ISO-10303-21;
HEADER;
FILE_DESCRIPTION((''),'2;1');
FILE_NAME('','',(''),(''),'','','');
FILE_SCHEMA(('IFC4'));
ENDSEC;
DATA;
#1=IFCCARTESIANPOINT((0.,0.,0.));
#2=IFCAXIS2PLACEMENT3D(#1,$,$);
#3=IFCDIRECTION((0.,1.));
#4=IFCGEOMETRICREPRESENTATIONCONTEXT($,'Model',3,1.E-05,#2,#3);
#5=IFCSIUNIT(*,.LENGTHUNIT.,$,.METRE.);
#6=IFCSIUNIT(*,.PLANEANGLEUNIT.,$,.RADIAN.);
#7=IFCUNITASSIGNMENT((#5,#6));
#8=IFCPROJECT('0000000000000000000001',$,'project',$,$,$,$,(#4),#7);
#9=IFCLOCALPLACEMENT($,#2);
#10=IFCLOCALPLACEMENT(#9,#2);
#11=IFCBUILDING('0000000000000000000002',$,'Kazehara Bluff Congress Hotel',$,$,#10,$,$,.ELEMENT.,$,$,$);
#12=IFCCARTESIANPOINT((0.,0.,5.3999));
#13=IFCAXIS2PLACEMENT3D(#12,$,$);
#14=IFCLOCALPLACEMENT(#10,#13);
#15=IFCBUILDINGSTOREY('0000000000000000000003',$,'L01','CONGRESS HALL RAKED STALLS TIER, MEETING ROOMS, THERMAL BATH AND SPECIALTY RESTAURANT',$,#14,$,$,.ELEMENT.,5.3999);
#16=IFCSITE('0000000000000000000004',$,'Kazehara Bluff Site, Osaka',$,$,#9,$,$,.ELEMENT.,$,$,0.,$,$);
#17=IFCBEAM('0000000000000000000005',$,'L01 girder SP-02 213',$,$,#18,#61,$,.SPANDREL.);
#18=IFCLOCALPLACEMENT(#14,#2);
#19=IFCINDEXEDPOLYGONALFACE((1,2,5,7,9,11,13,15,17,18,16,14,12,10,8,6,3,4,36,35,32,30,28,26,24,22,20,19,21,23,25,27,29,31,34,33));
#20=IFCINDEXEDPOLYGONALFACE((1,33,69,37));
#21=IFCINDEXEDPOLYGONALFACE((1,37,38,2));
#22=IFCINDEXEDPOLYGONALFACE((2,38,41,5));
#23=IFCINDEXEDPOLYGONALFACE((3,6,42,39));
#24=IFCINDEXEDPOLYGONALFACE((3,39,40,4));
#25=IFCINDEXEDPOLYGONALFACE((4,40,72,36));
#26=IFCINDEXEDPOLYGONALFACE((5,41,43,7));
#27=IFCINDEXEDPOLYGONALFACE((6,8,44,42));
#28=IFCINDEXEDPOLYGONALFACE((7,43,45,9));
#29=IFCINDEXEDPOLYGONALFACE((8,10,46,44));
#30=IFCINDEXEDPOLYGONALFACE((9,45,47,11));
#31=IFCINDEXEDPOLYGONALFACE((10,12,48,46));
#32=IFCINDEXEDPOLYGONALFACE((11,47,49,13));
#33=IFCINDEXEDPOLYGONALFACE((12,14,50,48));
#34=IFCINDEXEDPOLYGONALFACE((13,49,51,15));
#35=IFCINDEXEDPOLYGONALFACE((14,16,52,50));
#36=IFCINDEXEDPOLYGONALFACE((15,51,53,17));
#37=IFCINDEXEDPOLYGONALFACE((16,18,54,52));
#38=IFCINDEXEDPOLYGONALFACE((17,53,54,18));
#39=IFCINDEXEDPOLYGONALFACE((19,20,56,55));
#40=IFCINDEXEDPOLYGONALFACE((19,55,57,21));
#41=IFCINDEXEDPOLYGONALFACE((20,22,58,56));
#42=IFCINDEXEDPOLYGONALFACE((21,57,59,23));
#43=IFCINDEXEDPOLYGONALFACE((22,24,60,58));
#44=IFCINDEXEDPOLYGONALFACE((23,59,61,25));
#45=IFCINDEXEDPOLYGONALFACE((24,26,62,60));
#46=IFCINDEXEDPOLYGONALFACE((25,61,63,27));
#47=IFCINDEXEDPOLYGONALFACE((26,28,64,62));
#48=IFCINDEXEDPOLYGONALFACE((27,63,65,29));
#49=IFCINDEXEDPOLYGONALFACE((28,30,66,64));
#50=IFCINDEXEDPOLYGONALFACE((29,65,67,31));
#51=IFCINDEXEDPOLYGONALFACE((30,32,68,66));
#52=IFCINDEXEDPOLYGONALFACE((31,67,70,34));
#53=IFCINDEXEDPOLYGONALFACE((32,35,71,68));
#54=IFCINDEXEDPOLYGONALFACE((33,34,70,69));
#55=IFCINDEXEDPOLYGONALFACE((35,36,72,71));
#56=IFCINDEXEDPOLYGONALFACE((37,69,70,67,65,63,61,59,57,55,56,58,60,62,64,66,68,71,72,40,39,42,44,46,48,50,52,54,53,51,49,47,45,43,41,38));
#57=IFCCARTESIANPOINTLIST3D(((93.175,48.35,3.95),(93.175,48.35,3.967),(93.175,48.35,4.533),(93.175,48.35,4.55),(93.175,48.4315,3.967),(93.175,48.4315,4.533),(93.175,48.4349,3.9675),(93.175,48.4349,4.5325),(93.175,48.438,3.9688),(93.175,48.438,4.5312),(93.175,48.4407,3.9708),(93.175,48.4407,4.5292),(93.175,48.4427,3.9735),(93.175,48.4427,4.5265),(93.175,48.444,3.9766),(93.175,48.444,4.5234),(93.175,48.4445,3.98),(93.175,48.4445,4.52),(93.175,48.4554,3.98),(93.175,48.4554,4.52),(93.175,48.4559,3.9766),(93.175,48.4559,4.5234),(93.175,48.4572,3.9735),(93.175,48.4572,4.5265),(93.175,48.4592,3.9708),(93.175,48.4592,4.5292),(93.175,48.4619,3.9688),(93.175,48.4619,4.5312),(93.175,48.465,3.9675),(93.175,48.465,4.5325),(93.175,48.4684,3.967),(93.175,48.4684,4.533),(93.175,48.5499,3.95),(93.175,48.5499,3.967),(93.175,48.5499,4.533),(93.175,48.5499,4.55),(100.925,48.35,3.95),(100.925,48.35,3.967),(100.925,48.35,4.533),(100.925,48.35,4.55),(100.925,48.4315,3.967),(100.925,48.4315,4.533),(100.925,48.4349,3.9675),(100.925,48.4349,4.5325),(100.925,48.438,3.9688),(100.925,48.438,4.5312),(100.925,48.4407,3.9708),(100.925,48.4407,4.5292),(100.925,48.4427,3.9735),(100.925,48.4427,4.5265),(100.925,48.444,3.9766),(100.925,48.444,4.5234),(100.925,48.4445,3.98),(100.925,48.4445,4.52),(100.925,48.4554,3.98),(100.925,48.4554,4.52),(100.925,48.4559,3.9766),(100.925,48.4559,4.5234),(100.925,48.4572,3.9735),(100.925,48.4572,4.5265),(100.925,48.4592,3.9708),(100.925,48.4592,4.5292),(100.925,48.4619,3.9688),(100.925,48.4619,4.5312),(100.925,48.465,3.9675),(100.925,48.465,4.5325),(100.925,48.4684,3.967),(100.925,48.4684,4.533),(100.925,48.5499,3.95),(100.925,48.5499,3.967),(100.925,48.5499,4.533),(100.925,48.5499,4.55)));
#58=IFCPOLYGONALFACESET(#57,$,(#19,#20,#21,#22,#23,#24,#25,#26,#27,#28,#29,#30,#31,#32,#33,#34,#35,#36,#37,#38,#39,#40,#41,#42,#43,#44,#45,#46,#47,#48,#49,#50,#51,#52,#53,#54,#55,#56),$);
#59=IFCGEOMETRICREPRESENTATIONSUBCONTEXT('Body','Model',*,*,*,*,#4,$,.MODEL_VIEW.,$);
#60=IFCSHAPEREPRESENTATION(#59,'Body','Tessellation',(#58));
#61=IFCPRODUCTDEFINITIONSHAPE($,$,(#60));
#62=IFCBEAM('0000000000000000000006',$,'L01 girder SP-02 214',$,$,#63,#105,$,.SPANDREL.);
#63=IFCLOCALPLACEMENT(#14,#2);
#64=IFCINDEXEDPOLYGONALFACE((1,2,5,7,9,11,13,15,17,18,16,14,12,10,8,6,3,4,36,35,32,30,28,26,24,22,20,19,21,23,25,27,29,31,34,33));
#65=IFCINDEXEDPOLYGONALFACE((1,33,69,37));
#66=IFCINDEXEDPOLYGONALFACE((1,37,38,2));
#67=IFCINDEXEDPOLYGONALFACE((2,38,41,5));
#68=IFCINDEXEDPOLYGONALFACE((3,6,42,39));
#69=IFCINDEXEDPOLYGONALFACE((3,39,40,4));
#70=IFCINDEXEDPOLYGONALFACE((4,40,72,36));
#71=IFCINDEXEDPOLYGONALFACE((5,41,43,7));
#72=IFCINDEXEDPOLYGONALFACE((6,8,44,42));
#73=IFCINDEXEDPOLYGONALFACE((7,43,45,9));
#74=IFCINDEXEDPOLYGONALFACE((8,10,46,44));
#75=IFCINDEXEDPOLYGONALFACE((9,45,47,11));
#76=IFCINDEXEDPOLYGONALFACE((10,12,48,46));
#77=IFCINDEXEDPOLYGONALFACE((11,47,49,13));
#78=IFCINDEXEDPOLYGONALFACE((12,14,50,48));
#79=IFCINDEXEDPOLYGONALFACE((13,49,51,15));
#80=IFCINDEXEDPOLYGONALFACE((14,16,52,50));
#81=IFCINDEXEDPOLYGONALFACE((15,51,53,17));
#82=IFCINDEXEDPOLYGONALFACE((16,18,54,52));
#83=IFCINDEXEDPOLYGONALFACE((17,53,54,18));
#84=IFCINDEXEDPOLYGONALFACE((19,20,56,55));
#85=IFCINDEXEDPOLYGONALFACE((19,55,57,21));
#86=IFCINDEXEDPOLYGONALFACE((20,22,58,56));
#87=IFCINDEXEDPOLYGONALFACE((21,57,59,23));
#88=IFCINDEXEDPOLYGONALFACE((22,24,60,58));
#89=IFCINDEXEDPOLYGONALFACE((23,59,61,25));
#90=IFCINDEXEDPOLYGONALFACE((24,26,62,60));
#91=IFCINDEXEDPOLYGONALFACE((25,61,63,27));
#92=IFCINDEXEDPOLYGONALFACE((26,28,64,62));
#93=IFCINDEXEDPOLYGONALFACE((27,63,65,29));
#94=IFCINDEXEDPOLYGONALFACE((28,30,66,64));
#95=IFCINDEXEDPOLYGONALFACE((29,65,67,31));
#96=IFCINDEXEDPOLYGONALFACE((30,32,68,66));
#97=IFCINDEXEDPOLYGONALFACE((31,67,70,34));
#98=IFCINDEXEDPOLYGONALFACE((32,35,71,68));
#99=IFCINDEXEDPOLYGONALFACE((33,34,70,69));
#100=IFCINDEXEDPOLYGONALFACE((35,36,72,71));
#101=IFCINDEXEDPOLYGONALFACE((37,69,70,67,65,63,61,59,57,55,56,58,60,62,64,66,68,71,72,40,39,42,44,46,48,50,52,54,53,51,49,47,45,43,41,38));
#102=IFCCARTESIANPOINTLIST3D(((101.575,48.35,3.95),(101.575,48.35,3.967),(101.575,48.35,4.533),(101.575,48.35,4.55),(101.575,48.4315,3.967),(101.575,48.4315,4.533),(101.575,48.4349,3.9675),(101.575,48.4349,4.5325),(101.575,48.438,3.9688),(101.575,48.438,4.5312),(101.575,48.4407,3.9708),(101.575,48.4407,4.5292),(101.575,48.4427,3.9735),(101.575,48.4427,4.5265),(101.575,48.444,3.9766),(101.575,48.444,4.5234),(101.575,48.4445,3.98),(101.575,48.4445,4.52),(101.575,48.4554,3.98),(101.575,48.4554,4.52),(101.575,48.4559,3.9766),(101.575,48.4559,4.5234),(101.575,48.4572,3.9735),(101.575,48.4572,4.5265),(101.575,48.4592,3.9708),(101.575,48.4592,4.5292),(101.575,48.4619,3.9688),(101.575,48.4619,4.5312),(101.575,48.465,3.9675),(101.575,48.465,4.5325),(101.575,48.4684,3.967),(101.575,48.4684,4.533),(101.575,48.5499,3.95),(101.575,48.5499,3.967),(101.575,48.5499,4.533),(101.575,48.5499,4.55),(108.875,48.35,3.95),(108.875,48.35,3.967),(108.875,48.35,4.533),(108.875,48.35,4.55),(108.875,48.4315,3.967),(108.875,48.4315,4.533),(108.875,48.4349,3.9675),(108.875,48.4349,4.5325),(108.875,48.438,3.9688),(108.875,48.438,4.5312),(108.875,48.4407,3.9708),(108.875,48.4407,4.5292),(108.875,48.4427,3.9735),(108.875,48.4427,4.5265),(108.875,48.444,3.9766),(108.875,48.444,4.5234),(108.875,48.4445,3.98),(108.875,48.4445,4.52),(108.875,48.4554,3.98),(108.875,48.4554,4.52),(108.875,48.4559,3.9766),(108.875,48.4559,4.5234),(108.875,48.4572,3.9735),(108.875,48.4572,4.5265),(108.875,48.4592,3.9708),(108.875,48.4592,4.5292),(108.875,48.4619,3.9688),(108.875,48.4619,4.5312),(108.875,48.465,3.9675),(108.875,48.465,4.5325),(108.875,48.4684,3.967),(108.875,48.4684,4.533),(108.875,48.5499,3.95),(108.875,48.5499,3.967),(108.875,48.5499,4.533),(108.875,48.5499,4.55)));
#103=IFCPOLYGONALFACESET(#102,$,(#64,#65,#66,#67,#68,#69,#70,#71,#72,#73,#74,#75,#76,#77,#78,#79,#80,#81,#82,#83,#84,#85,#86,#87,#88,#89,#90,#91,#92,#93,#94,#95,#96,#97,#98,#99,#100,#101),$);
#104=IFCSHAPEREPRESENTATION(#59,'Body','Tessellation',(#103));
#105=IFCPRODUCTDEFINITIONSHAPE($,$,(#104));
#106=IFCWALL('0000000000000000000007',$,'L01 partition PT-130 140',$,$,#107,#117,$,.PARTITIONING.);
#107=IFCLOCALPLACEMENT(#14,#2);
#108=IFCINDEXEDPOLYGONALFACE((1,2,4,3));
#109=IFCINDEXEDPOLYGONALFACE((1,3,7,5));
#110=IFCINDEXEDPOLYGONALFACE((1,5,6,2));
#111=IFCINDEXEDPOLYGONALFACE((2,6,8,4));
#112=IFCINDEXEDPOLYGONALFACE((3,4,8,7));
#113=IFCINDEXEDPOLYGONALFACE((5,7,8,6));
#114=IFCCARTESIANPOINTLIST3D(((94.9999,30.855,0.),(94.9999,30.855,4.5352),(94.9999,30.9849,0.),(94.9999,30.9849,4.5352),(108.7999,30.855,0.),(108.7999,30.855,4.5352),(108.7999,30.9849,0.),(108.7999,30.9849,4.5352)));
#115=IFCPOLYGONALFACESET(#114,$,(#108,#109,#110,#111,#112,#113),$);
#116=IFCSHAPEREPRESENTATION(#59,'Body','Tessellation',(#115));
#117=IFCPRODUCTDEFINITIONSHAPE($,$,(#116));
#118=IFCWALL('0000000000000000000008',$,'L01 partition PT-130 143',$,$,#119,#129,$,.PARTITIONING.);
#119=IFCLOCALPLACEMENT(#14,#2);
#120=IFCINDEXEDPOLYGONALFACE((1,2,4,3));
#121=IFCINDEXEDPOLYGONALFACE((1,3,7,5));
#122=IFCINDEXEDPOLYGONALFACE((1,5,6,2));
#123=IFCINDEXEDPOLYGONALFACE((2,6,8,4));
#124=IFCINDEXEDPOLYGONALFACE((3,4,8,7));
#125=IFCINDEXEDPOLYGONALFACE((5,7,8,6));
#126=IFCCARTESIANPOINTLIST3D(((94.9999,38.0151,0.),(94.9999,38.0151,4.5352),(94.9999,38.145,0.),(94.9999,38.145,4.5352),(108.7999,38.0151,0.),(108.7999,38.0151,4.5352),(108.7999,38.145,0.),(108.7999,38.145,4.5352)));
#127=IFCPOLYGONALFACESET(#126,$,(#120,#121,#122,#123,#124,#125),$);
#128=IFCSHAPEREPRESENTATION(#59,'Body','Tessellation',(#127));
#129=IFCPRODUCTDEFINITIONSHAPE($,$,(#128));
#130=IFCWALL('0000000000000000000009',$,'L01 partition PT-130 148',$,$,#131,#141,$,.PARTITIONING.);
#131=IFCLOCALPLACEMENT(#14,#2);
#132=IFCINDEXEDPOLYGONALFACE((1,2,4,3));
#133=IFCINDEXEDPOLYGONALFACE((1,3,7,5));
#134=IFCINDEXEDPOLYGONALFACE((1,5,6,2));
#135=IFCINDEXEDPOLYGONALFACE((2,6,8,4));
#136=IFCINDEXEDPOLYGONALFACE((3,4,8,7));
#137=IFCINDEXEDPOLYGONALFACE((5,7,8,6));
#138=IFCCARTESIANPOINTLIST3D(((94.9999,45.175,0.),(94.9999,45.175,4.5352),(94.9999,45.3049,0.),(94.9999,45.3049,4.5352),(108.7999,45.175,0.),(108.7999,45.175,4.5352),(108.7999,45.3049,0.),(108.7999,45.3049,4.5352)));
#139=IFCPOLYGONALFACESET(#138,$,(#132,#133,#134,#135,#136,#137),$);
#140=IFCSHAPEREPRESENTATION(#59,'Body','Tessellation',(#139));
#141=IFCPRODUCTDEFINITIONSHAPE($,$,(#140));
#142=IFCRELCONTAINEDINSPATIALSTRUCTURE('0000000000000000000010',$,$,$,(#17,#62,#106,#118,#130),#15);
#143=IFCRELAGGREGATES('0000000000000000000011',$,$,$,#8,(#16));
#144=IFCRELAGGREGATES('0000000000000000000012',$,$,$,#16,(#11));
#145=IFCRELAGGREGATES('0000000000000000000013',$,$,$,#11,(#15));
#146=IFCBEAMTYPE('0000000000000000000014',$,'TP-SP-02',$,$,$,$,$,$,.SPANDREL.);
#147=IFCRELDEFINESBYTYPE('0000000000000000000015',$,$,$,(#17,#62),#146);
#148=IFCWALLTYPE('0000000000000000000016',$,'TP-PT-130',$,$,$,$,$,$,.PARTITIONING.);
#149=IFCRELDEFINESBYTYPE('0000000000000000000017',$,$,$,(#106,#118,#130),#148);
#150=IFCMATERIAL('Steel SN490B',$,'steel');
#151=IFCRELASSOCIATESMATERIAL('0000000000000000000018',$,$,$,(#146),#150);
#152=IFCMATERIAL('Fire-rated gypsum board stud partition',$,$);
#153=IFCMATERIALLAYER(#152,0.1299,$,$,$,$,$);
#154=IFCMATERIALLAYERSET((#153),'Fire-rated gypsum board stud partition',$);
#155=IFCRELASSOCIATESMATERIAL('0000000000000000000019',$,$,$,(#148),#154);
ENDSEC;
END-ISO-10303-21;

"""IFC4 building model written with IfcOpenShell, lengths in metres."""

from ifc_helpers import new_model, si_unit, direction, frame, frame_2d, origin, origin_2d, place, context, subcontext, project, spatial, rectangle, i_section, extrude, material, layer, layer_set, material_profile, profile_set, type_object, element, save


model = new_model("IFC4")

# Units and contexts
model_context = context("Model", 3, precision=1e-05, world=origin(), true_north=direction((0.0, 1.0)))
body_context = subcontext(model_context, "Body", "Model", "MODEL_VIEW")
ifc_project = project(units=[si_unit("LENGTHUNIT", "METRE"), si_unit("PLANEANGLEUNIT", "RADIAN")], contexts=[model_context])

# Site, building, storey
site_placement = place(None, origin())
site = spatial("IfcSite", under=ifc_project, at=site_placement, Name="Kazehara Bluff Site, Osaka", CompositionType="ELEMENT", RefElevation=0.0)
building_placement = place(site_placement, origin())
building = spatial("IfcBuilding", under=site, at=building_placement, Name="Kazehara Bluff Congress Hotel", CompositionType="ELEMENT")
storey_placement = place(building_placement, frame((0.0, 0.0, 5.3999)))
storey = spatial("IfcBuildingStorey", under=building, at=storey_placement, Name="L01", Description="CONGRESS HALL RAKED STALLS TIER, MEETING ROOMS, THERMAL BATH AND SPECIALTY RESTAURANT", CompositionType="ELEMENT", Elevation=5.3999)

# Beams
ifc_material_1 = material(Name="Steel SN490B", Category="steel")
ifc_material_profile_1 = material_profile(ifc_material_1, i_section(OverallWidth=0.2, OverallDepth=0.6001, WebThickness=0.011, FlangeThickness=0.0171, FilletRadius=0.0129, at=origin_2d()))
ifc_profile_set_1 = profile_set([ifc_material_profile_1], Name="Steel SN490B")
beam_type_1 = type_object("IfcBeamType", Name="TP-SP-02", PredefinedType="SPANDREL", material=ifc_profile_set_1)
for number, where, z_axis, x_axis, name in (
    (1, (93.175, 48.45, 4.25), (1.0, 0.0, 0.0), (0.0, 1.0, 0.0), "L01 girder SP-02 213"),
):
    element("IfcBeam", number, at=place(storey_placement, frame(where, z_axis=z_axis, x_axis=x_axis)), inside=storey, type_object=beam_type_1, Name=name, PredefinedType="SPANDREL", context=body_context, shape_type="SweptSolid", body=[
        extrude(i_section(OverallWidth=0.2, OverallDepth=0.6001, WebThickness=0.011, FlangeThickness=0.0171, FilletRadius=0.0129, at=origin_2d()), origin(), (0.0, 0.0, 1.0), 7.75),
    ])
beam_1_placement = place(storey_placement, frame((101.575, 48.45, 4.25), z_axis=(1.0, 0.0, 0.0), x_axis=(0.0, 1.0, 0.0)))
element("IfcBeam", 2, at=beam_1_placement, inside=storey, type_object=beam_type_1, Name="L01 girder SP-02 214", PredefinedType="SPANDREL", context=body_context, shape_type="SweptSolid", body=[
    extrude(i_section(OverallWidth=0.2, OverallDepth=0.6001, WebThickness=0.011, FlangeThickness=0.0171, FilletRadius=0.0129, at=origin_2d()), origin(), (0.0, 0.0, 1.0), 7.3),
])

# Walls
ifc_material_2 = material(Name="Fire-rated gypsum board stud partition")
ifc_layer = layer(ifc_material_2, 0.1299)
ifc_layer_set = layer_set([ifc_layer], Name="Fire-rated gypsum board stud partition")
wall_type = type_object("IfcWallType", Name="TP-PT-130", PredefinedType="PARTITIONING", material=ifc_layer_set)
for number, where, z_axis, x_axis, name in (
    (3, (95.0, 30.9199, 0.0), (0.0, 0.0, 1.0), (1.0, 0.0, 0.0), "L01 partition PT-130 140"),
    (4, (95.0, 38.0801, 0.0), (0.0, 0.0, 1.0), (1.0, 0.0, 0.0), "L01 partition PT-130 143"),
    (5, (95.0, 45.24, 0.0), (0.0, 0.0, 1.0), (1.0, 0.0, 0.0), "L01 partition PT-130 148"),
):
    element("IfcWall", number, at=place(storey_placement, frame(where, z_axis=z_axis, x_axis=x_axis)), inside=storey, type_object=wall_type, Name=name, PredefinedType="PARTITIONING", context=body_context, shape_type="SweptSolid", body=[
        extrude(rectangle(XDim=13.8, YDim=0.1299, at=frame_2d((6.8999, 0.0))), origin(), (0.0, 0.0, 1.0), 4.5352),
    ])

save(model, "model.ifc")
